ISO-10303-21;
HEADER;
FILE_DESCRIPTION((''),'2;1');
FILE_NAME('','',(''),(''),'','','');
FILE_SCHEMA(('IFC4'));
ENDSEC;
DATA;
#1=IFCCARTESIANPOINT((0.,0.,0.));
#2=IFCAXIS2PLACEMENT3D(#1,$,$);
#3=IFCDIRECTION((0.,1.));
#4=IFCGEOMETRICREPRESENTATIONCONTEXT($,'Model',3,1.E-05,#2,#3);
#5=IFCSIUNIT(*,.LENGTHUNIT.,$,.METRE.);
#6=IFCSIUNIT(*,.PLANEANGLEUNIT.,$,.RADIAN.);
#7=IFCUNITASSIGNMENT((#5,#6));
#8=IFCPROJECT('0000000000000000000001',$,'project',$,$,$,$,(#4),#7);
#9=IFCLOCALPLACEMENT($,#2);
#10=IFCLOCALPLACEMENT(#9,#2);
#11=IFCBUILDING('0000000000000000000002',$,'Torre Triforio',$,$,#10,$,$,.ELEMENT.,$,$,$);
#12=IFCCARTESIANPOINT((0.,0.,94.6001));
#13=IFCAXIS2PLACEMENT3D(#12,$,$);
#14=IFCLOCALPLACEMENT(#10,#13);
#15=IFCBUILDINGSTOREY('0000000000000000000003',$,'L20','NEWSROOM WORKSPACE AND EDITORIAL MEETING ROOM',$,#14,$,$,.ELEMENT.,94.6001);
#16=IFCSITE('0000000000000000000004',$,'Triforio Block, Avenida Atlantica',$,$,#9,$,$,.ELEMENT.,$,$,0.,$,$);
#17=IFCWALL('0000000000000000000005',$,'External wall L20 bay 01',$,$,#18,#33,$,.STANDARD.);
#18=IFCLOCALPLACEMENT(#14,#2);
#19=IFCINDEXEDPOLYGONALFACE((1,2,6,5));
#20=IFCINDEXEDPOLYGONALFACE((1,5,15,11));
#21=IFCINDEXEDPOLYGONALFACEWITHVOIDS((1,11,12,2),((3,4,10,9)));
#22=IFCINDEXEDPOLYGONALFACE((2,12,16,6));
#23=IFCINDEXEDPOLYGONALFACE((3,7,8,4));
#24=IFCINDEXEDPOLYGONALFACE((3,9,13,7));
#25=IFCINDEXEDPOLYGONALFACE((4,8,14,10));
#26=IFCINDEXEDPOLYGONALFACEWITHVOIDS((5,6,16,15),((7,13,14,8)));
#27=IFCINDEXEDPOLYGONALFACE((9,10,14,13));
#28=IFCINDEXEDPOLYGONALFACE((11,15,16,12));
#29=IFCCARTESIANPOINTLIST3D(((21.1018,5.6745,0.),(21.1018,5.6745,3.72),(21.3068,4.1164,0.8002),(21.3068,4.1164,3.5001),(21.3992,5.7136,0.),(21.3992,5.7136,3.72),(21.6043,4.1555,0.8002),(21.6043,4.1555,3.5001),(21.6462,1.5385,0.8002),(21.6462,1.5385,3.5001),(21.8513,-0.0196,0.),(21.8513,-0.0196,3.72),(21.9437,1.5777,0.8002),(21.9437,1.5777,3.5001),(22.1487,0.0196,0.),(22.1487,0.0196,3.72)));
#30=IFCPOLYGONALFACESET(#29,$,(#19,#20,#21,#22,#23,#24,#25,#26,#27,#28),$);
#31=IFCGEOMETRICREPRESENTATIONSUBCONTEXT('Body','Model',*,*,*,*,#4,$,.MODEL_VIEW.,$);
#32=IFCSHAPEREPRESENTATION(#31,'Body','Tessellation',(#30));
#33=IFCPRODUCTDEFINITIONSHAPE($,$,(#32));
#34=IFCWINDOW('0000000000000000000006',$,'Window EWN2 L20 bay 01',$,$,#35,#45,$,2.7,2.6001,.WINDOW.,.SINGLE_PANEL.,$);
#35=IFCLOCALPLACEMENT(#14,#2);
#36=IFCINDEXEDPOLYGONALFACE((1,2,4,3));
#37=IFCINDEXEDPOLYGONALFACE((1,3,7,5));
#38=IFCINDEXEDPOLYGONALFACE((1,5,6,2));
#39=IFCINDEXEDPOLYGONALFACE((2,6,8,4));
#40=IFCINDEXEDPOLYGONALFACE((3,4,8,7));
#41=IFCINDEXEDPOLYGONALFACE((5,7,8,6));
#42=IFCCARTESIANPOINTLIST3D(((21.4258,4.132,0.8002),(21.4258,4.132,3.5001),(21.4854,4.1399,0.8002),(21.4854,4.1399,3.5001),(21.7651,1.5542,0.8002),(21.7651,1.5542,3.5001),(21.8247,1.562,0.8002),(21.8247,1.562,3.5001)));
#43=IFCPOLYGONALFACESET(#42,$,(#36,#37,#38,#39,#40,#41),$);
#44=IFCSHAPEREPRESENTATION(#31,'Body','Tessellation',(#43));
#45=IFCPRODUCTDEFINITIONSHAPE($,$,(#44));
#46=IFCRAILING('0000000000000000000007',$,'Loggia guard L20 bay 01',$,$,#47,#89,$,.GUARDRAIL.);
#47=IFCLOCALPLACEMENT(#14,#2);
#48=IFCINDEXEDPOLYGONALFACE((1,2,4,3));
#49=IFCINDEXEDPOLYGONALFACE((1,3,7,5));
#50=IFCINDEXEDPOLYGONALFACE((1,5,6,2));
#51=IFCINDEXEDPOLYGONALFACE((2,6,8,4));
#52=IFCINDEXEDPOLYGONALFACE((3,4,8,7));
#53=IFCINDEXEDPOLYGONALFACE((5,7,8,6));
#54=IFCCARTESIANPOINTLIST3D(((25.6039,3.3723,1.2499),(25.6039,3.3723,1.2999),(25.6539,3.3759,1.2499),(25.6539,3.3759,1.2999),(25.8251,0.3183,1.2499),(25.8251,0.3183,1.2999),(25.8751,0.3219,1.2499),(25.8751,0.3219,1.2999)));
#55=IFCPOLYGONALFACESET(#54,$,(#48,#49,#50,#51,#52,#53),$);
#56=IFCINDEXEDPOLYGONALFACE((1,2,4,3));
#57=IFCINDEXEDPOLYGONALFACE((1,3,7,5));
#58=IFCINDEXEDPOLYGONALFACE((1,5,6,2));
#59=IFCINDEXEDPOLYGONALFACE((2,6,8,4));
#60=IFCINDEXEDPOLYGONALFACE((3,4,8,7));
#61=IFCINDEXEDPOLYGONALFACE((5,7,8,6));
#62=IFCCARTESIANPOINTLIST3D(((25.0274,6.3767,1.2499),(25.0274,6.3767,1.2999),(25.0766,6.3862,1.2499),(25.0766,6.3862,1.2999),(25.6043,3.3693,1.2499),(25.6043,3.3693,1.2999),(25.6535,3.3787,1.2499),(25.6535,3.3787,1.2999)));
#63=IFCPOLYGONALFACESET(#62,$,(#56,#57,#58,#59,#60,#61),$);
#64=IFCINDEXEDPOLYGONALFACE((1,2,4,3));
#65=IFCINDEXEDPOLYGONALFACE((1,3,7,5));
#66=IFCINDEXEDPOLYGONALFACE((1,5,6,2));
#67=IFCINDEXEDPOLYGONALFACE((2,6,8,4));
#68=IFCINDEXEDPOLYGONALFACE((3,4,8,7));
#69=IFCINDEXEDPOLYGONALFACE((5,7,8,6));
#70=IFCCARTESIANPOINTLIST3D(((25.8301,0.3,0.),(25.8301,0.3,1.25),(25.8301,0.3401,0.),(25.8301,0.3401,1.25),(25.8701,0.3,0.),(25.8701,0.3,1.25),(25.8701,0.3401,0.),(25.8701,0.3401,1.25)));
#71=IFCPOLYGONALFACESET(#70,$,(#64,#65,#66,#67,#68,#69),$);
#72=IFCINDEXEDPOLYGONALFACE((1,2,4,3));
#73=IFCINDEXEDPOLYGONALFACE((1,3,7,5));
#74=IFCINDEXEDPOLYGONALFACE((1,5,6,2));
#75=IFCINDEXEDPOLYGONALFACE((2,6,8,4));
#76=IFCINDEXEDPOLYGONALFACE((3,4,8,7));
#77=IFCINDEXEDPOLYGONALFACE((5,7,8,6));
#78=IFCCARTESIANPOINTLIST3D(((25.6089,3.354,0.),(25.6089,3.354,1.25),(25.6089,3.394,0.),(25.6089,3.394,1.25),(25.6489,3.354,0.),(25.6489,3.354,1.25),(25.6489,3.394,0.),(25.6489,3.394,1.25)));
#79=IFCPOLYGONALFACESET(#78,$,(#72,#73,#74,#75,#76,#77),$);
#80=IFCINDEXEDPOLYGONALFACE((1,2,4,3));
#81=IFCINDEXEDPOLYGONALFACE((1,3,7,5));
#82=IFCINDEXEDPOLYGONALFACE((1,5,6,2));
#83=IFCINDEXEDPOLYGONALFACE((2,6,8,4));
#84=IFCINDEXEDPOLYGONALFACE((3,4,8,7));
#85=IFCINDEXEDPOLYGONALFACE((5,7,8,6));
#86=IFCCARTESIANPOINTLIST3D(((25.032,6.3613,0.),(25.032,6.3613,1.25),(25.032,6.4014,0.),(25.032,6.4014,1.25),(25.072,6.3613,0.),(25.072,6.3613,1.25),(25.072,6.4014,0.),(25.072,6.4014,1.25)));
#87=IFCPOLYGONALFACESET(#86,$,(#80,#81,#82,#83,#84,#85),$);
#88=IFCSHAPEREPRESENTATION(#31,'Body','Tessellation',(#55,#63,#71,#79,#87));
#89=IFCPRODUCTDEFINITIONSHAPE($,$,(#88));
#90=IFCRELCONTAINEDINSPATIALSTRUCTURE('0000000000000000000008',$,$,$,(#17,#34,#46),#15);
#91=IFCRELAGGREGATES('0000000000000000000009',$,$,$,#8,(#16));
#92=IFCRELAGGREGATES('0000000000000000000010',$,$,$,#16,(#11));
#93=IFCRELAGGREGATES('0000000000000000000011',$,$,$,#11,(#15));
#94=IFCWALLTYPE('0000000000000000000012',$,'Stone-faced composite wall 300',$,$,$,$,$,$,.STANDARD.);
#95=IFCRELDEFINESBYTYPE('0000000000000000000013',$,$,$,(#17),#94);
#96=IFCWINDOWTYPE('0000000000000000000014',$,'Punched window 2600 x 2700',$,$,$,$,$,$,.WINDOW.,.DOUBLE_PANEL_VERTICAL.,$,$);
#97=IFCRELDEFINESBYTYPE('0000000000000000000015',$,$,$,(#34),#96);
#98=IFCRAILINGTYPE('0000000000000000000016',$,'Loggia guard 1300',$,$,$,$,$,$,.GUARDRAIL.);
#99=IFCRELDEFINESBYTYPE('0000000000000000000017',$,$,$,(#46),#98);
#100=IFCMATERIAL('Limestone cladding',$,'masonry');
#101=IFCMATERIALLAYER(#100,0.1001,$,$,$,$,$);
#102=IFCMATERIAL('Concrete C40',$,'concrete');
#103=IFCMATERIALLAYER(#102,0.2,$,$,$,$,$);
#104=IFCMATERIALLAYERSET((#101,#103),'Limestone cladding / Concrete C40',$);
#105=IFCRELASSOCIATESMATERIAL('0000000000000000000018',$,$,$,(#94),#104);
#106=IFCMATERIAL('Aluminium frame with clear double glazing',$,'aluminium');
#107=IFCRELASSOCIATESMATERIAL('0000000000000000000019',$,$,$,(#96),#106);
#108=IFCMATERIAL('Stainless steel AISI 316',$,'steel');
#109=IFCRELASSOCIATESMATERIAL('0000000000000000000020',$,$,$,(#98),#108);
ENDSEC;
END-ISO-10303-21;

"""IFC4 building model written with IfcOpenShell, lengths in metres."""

from ifc_helpers import new_model, si_unit, direction, frame, frame_2d, origin, origin_2d, place, context, subcontext, project, spatial, rectangle, extrude, material, layer, layer_set, type_object, element, fill, save


model = new_model("IFC4")

# Units and contexts
model_context = context("Model", 3, precision=1e-05, world=origin(), true_north=direction((0.0, 1.0)))
body_context = subcontext(model_context, "Body", "Model", "MODEL_VIEW")
ifc_project = project(units=[si_unit("LENGTHUNIT", "METRE"), si_unit("PLANEANGLEUNIT", "RADIAN")], contexts=[model_context])

# Site, building, storey
site_placement = place(None, origin())
site = spatial("IfcSite", under=ifc_project, at=site_placement, Name="Triforio Block, Avenida Atlantica", CompositionType="ELEMENT", RefElevation=0.0)
building_placement = place(site_placement, origin())
building = spatial("IfcBuilding", under=site, at=building_placement, Name="Torre Triforio", CompositionType="ELEMENT")
storey_placement = place(building_placement, frame((0.0, 0.0, 94.6001)))
storey = spatial("IfcBuildingStorey", under=building, at=storey_placement, Name="L20", Description="NEWSROOM WORKSPACE AND EDITORIAL MEETING ROOM", CompositionType="ELEMENT", Elevation=94.6001)

# Shared definitions
ifc_material_1 = material(Name="Limestone cladding", Category="masonry")
ifc_material_2 = material(Name="Concrete C40", Category="concrete")

# Wall, opening, window
ifc_layer_1 = layer(ifc_material_1, 0.1001)
ifc_layer_2 = layer(ifc_material_2, 0.2)
ifc_layer_set_1 = layer_set([ifc_layer_1, ifc_layer_2], Name="Limestone cladding / Concrete C40")
wall_type_1 = type_object("IfcWallType", Name="Stone-faced composite wall 300", PredefinedType="STANDARD", material=ifc_layer_set_1)
wall_1_placement = place(storey_placement, frame((22.0, 0.0, 0.0), z_axis=(0.0, 0.0, 1.0), x_axis=(-0.130504, 0.991448, 0.0)))
wall_1 = element("IfcWall", 1, at=wall_1_placement, inside=storey, type_object=wall_type_1, Name="External wall L20 bay 01", PredefinedType="STANDARD", context=body_context, shape_type="SweptSolid", body=[
    extrude(rectangle(XDim=5.7432, YDim=0.3, at=frame_2d((2.8716, 0.0))), origin(), (0.0, 0.0, 1.0), 3.72),
])
opening_1_placement = place(wall_1_placement, frame((1.5715, 0.0, 0.8)))
opening_1 = element("IfcOpeningElement", 2, at=opening_1_placement, cuts=wall_1, PredefinedType="OPENING", context=body_context, shape_type="SweptSolid", body=[
    extrude(rectangle(XDim=2.6001, YDim=2.7, at=frame_2d((1.3, 1.3501))), frame((0.0, 0.1599, 0.0), z_axis=(0.0, -1.0, 0.0), x_axis=(1.0, 0.0, 0.0)), (0.0, 0.0, 1.0), 0.3201),
])
ifc_material_3 = material(Name="Aluminium frame with clear double glazing", Category="aluminium")
window_type_1 = type_object("IfcWindowType", Name="Punched window 2600 x 2700", PartitioningType="DOUBLE_PANEL_VERTICAL", PredefinedType="WINDOW", material=ifc_material_3)
window_1_placement = place(opening_1_placement, origin())
window_1 = element("IfcWindow", 3, at=window_1_placement, inside=storey, type_object=window_type_1, Name="Window EWN2 L20 bay 01", OverallHeight=2.7, OverallWidth=2.6001, PartitioningType="SINGLE_PANEL", PredefinedType="WINDOW", context=body_context, shape_type="SweptSolid", body=[
    extrude(rectangle(XDim=2.6001, YDim=2.7, at=frame_2d((1.3, 1.3501))), frame((0.0, 0.03, 0.0), z_axis=(0.0, -1.0, 0.0), x_axis=(1.0, 0.0, 0.0)), (0.0, 0.0, 1.0), 0.0601),
])
fill(opening_1, window_1)

# Railing
ifc_material_4 = material(Name="Stainless steel AISI 316", Category="steel")
railing_type = type_object("IfcRailingType", Name="Loggia guard 1300", PredefinedType="GUARDRAIL", material=ifc_material_4)
railing_placement = place(storey_placement, frame((25.8501, 0.3201, 0.0)))
element("IfcRailing", 4, at=railing_placement, inside=storey, type_object=railing_type, Name="Loggia guard L20 bay 01", PredefinedType="GUARDRAIL", context=body_context, shape_type="SweptSolid", body=[
    extrude(rectangle(XDim=0.05, YDim=0.05, at=origin_2d()), frame((0.0, 0.0, 1.2749), z_axis=(-0.072239, 0.997387, 0.0), x_axis=(-0.997387, -0.072239, 0.0)), (0.0, 0.0, 1.0), 3.062),
    extrude(rectangle(XDim=0.05, YDim=0.05, at=origin_2d()), frame((-0.2212, 3.054, 1.2749), z_axis=(-0.188398, 0.982093, 0.0), x_axis=(-0.982093, -0.188398, 0.0)), (0.0, 0.0, 1.0), 3.0623),
    extrude(rectangle(XDim=0.04, YDim=0.04, at=origin_2d()), origin(), (0.0, 0.0, 1.0), 1.25),
    extrude(rectangle(XDim=0.04, YDim=0.04, at=origin_2d()), frame((-0.2212, 3.054, 0.0)), (0.0, 0.0, 1.0), 1.25),
    extrude(rectangle(XDim=0.04, YDim=0.04, at=origin_2d()), frame((-0.7981, 6.0613, 0.0)), (0.0, 0.0, 1.0), 1.25),
])

save(model, "model.ifc")
